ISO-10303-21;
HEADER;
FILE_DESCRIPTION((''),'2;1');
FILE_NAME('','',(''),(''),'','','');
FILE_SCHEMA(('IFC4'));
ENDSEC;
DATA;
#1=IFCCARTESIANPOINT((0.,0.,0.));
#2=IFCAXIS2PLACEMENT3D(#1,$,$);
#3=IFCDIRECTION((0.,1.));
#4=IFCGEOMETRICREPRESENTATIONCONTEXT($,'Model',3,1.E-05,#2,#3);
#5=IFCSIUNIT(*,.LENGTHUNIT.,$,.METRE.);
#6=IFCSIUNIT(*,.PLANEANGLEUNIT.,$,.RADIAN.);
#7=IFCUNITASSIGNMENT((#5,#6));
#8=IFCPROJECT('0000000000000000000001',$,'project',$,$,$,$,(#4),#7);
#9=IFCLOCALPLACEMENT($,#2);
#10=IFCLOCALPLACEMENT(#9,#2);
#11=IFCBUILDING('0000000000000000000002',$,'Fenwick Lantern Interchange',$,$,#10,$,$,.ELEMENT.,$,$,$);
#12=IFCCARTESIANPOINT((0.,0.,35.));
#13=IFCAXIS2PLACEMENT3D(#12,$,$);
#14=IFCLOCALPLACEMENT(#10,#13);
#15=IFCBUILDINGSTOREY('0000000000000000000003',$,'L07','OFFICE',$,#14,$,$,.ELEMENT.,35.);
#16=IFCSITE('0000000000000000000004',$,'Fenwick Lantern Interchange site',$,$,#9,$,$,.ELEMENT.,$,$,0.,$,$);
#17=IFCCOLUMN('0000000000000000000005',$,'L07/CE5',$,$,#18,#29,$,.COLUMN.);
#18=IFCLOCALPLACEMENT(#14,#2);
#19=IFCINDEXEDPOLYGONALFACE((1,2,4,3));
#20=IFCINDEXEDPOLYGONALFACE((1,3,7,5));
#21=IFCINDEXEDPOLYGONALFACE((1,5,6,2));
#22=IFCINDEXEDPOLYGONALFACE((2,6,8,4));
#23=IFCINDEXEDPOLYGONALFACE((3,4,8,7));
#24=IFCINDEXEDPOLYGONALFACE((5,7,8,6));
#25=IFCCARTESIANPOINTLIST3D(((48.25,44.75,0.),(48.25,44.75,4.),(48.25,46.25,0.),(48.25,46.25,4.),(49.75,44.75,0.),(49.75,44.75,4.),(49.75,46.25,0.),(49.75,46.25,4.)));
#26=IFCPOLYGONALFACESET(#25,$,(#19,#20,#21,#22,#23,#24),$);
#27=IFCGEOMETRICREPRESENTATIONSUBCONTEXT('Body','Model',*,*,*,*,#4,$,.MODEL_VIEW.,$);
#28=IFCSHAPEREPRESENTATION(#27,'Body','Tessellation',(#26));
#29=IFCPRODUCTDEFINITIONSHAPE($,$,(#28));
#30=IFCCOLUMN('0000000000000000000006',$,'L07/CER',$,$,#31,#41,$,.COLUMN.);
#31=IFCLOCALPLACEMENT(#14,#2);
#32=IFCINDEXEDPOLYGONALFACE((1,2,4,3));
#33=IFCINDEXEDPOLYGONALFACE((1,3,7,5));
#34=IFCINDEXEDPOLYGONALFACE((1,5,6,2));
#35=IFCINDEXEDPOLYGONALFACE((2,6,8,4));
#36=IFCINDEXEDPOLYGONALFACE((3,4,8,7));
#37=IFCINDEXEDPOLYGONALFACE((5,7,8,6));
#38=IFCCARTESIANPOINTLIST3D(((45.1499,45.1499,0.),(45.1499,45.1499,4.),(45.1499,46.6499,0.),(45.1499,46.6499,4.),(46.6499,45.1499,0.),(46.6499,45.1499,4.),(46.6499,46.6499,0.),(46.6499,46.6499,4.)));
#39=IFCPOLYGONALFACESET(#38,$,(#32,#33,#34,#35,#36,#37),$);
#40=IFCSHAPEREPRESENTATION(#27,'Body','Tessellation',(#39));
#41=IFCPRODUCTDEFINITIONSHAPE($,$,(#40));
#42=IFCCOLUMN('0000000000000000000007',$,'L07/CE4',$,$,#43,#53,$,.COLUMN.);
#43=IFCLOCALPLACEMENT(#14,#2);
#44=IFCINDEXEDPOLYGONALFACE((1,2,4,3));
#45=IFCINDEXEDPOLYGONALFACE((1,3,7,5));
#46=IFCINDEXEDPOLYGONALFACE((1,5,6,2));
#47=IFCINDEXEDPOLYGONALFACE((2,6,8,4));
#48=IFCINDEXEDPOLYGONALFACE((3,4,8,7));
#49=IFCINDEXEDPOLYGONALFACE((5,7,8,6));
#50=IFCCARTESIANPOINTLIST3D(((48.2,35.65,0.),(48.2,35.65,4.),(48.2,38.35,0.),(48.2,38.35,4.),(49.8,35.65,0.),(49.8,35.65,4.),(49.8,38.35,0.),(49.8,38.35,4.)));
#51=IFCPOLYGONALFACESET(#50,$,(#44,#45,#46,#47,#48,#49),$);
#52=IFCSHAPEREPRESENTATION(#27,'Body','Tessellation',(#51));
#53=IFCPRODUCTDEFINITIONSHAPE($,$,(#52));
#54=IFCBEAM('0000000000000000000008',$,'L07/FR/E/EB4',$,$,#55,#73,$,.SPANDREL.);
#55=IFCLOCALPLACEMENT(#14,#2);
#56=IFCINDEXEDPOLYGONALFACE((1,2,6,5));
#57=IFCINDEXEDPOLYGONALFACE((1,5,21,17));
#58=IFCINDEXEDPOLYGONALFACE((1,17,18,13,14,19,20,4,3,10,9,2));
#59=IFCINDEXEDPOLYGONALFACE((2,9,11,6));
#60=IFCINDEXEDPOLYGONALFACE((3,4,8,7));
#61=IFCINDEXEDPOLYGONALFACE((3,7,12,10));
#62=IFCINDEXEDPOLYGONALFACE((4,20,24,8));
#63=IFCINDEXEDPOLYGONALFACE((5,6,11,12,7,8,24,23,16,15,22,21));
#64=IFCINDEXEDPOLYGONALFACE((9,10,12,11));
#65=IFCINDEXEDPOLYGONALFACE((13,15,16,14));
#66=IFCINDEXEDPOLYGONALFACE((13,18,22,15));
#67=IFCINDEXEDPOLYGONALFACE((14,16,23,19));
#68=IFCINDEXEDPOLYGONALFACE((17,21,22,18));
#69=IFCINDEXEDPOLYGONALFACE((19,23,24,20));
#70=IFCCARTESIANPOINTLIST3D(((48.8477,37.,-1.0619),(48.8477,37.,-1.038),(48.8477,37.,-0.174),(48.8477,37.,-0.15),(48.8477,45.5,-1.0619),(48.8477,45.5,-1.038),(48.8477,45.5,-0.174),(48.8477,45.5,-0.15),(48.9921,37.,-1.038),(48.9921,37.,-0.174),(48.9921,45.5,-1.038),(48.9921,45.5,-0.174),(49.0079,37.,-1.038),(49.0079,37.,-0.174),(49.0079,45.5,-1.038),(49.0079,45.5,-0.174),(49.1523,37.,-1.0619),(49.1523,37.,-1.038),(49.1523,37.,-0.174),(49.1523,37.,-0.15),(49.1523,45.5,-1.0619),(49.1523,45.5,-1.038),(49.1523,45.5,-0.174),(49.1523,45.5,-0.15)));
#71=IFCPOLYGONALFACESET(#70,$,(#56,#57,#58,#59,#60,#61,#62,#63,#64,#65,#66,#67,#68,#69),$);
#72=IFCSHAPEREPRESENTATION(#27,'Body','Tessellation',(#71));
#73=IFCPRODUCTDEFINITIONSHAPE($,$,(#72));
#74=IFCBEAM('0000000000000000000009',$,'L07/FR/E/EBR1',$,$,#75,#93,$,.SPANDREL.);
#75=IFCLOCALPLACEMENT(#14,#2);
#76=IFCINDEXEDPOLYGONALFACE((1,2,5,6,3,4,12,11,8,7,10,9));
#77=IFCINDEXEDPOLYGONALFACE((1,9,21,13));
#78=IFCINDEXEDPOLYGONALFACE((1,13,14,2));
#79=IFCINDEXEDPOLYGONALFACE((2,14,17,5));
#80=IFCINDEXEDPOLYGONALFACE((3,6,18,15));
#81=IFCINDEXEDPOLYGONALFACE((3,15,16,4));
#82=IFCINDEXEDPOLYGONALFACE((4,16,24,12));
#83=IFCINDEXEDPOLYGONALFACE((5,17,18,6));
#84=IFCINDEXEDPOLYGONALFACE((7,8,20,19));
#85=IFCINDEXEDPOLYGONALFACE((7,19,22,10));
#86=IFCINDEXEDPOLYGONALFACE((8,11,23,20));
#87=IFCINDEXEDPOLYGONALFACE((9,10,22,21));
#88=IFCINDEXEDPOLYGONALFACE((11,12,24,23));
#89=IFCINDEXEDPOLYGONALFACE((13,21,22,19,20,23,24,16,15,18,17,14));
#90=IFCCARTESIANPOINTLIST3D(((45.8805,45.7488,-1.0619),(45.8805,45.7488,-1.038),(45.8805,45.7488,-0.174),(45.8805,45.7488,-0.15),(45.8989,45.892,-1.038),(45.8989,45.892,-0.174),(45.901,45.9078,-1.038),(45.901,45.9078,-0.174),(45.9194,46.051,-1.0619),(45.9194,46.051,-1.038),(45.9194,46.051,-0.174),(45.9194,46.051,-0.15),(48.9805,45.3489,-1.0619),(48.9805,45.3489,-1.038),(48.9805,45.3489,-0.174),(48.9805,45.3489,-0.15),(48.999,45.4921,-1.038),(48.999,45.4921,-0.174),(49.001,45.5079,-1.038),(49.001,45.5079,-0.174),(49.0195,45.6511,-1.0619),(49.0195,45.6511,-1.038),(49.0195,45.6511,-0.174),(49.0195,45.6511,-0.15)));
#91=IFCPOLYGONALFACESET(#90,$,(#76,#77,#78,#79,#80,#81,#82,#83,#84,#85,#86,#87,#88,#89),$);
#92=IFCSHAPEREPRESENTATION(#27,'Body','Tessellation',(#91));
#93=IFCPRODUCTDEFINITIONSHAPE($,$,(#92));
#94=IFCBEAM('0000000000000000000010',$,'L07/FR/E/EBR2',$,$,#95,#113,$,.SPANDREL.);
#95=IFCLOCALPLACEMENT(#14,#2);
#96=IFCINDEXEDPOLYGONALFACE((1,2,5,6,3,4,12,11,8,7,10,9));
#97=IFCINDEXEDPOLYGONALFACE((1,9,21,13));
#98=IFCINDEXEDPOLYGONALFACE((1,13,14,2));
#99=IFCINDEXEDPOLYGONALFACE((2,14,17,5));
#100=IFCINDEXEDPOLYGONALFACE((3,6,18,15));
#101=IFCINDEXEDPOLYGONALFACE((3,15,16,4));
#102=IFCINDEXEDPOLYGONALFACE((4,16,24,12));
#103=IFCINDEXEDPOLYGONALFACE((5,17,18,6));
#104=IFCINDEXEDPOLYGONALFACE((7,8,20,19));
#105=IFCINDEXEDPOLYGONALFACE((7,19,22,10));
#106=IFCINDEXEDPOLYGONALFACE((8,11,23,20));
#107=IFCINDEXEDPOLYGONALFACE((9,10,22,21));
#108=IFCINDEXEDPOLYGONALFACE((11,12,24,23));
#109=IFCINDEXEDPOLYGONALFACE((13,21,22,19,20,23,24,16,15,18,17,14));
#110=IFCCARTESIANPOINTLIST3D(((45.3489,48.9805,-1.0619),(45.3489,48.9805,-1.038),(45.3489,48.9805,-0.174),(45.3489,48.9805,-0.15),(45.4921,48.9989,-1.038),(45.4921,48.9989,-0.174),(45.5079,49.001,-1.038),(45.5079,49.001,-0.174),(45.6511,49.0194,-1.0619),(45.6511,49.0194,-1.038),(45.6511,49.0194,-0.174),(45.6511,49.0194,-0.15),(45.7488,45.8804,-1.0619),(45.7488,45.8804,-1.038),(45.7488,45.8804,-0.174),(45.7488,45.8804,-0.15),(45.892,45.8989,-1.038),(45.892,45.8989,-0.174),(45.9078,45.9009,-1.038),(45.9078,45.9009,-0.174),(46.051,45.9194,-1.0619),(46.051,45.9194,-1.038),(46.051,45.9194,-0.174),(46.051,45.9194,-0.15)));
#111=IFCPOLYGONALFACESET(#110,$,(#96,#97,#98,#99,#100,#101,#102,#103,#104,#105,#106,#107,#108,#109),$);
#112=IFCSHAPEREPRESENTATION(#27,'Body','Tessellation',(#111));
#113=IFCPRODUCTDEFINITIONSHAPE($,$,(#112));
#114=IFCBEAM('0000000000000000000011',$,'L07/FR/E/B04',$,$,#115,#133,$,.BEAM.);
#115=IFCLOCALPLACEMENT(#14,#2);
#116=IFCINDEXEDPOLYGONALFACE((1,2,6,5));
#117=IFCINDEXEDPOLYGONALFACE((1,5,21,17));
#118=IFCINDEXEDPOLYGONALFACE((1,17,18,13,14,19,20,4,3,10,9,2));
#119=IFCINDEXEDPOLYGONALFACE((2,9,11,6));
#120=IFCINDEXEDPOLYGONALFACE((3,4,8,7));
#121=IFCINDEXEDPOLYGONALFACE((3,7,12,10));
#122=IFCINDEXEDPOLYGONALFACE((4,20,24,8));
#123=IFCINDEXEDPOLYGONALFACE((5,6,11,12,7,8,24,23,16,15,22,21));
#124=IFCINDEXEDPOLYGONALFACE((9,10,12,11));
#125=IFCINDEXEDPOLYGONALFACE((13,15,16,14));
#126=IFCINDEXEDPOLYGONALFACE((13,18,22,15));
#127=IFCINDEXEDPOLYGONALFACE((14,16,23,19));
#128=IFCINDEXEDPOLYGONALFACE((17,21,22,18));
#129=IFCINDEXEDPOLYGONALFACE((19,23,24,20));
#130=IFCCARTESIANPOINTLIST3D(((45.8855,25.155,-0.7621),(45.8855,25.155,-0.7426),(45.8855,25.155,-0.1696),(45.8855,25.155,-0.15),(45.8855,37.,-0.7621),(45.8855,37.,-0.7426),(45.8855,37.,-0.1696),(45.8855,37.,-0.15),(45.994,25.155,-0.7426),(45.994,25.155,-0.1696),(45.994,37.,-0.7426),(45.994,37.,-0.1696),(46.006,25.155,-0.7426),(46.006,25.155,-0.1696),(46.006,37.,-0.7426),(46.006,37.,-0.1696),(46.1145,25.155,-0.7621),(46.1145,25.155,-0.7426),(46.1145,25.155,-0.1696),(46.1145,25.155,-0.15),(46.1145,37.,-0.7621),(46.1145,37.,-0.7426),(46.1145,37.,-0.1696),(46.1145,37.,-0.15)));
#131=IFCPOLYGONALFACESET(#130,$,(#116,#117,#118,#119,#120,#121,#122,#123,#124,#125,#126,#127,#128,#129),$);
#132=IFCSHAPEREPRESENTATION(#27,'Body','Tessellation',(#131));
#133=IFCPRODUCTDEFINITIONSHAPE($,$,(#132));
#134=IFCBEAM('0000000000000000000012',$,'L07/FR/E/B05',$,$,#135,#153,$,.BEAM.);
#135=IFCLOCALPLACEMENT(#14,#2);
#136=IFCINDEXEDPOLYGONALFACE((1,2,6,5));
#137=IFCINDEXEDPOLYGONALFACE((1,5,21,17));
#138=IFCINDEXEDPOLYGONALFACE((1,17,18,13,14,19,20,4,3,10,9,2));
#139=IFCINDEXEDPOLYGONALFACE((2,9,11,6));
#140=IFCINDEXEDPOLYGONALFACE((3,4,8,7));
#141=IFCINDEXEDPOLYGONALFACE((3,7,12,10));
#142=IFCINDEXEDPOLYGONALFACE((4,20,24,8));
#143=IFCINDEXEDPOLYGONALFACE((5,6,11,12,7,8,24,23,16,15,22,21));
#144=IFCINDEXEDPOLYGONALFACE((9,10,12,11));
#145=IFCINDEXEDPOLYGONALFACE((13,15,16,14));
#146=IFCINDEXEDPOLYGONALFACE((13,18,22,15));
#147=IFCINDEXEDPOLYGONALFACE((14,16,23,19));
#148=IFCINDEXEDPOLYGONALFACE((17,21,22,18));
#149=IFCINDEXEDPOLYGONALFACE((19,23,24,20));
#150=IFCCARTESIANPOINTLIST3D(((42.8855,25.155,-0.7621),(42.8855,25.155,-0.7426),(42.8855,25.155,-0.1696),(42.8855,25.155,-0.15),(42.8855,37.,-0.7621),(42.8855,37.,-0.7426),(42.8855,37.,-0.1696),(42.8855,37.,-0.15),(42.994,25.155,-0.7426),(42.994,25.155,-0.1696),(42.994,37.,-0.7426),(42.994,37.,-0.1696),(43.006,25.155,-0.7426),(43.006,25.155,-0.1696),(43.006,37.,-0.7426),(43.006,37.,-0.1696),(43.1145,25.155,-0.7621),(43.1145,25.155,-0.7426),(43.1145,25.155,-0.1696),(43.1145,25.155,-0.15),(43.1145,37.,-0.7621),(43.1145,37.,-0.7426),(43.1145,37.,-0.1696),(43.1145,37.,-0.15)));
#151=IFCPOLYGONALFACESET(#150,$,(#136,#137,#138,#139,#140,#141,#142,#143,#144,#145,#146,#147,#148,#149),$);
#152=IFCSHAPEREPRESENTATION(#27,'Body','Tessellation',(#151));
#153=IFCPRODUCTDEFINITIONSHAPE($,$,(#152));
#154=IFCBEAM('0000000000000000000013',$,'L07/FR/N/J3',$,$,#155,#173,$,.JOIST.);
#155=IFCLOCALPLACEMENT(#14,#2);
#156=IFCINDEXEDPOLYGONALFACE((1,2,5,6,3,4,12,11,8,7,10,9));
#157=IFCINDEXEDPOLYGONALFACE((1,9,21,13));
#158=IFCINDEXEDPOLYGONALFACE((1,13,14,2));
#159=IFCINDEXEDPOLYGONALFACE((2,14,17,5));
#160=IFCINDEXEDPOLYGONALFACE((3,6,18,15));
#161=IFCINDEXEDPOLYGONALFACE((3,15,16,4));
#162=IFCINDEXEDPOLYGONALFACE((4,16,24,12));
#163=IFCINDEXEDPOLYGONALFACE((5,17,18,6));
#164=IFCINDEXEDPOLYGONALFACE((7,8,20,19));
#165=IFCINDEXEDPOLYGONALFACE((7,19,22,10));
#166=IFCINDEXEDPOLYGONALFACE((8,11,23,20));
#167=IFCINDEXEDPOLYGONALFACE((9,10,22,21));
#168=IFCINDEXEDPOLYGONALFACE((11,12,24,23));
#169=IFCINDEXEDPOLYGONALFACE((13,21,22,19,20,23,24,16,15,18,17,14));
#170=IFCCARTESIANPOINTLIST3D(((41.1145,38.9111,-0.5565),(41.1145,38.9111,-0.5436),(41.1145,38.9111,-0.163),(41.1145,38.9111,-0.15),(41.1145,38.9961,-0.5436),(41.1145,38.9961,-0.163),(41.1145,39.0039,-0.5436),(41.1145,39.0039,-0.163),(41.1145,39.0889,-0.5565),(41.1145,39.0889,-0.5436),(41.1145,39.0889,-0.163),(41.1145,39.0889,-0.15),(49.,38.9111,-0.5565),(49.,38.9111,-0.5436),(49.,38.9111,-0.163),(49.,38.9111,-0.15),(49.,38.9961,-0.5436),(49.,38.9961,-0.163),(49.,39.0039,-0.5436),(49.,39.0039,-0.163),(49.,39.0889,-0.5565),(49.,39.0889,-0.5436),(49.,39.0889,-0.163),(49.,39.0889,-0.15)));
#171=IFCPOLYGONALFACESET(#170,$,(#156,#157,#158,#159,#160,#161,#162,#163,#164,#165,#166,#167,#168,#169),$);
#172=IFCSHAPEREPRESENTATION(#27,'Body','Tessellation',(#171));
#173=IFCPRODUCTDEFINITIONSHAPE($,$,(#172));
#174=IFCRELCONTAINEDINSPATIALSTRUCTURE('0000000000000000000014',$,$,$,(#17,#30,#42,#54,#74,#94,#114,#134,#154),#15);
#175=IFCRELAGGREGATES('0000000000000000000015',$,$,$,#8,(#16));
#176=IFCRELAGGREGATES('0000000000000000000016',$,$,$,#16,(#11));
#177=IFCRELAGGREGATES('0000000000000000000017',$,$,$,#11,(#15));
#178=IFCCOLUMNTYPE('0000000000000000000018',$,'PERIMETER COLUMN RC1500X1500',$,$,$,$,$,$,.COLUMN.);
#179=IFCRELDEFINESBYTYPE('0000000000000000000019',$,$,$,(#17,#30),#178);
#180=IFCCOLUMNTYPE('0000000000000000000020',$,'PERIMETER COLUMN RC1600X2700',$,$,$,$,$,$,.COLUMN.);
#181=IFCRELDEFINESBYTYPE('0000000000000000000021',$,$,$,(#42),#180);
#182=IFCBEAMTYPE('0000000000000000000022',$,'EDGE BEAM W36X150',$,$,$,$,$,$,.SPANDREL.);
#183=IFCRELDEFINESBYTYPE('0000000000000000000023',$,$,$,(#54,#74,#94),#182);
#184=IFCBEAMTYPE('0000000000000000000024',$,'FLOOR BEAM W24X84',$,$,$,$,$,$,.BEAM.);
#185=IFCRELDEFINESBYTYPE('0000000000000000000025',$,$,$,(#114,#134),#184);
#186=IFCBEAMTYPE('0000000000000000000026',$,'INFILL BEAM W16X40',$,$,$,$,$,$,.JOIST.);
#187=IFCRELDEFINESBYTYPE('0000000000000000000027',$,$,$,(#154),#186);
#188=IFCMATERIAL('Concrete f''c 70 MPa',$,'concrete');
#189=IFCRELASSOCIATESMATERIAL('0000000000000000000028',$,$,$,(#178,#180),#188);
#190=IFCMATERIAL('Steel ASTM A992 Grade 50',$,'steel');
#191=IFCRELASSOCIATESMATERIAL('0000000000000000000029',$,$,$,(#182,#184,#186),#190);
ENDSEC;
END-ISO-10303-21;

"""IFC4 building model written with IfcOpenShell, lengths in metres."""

from ifc_helpers import new_model, si_unit, direction, frame, origin, origin_2d, place, context, subcontext, project, spatial, rectangle, i_section, extrude, material, material_profile, profile_set, type_object, element, save


model = new_model("IFC4")

# Units and contexts
model_context = context("Model", 3, precision=1e-05, world=origin(), true_north=direction((0.0, 1.0)))
body_context = subcontext(model_context, "Body", "Model", "MODEL_VIEW")
ifc_project = project(units=[si_unit("LENGTHUNIT", "METRE"), si_unit("PLANEANGLEUNIT", "RADIAN")], contexts=[model_context])

# Site, building, storey
site_placement = place(None, origin())
site = spatial("IfcSite", under=ifc_project, at=site_placement, Name="Fenwick Lantern Interchange site", CompositionType="ELEMENT", RefElevation=0.0)
building_placement = place(site_placement, origin())
building = spatial("IfcBuilding", under=site, at=building_placement, Name="Fenwick Lantern Interchange", CompositionType="ELEMENT")
storey_placement = place(building_placement, frame((0.0, 0.0, 35.0)))
storey = spatial("IfcBuildingStorey", under=building, at=storey_placement, Name="L07", Description="OFFICE", CompositionType="ELEMENT", Elevation=35.0)

# Columns
ifc_material_1 = material(Name="Concrete f'c 70 MPa", Category="concrete")
ifc_material_profile_1 = material_profile(ifc_material_1, rectangle(XDim=1.5, YDim=1.5, at=origin_2d()), Name="RC1500X1500")
ifc_profile_set_1 = profile_set([ifc_material_profile_1], Name="Concrete f'c 70 MPa")
column_type_1 = type_object("IfcColumnType", Name="PERIMETER COLUMN RC1500X1500", PredefinedType="COLUMN", material=ifc_profile_set_1)
for number, where, z_axis, x_axis, name in (
    (1, (49.0, 45.5, 0.0), (0.0, 0.0, 1.0), (1.0, 0.0, 0.0), "L07/CE5"),
    (2, (45.8999, 45.8999, 0.0), (0.0, 0.0, 1.0), (1.0, 0.0, 0.0), "L07/CER"),
):
    element("IfcColumn", number, at=place(storey_placement, frame(where, z_axis=z_axis, x_axis=x_axis)), inside=storey, type_object=column_type_1, Name=name, PredefinedType="COLUMN", context=body_context, shape_type="SweptSolid", body=[
        extrude(rectangle(XDim=1.5, YDim=1.5, at=origin_2d()), origin(), (0.0, 0.0, 1.0), 4.0),
    ])
ifc_material_profile_2 = material_profile(ifc_material_1, rectangle(XDim=1.6001, YDim=2.7, at=origin_2d()), Name="RC1600X2700")
ifc_profile_set_2 = profile_set([ifc_material_profile_2], Name="Concrete f'c 70 MPa")
column_type_2 = type_object("IfcColumnType", Name="PERIMETER COLUMN RC1600X2700", PredefinedType="COLUMN", material=ifc_profile_set_2)
column_placement = place(storey_placement, frame((49.0, 37.0, 0.0), z_axis=(0.0, 0.0, 1.0), x_axis=(1.0, 0.0, 0.0)))
element("IfcColumn", 3, at=column_placement, inside=storey, type_object=column_type_2, Name="L07/CE4", PredefinedType="COLUMN", context=body_context, shape_type="SweptSolid", body=[
    extrude(rectangle(XDim=1.6001, YDim=2.7, at=origin_2d()), origin(), (0.0, 0.0, 1.0), 4.0),
])

# Beams
ifc_material_2 = material(Name="Steel ASTM A992 Grade 50", Category="steel")
ifc_material_profile_3 = material_profile(ifc_material_2, i_section(OverallWidth=0.3047, OverallDepth=0.9119, WebThickness=0.0159, FlangeThickness=0.0239, at=origin_2d()), Name="W36X150")
ifc_profile_set_3 = profile_set([ifc_material_profile_3], Name="Steel ASTM A992 Grade 50")
beam_type_1 = type_object("IfcBeamType", Name="EDGE BEAM W36X150", PredefinedType="SPANDREL", material=ifc_profile_set_3)
beam_1_placement = place(storey_placement, frame((49.0, 37.0, -0.606), z_axis=(0.0, 1.0, 0.0), x_axis=(-1.0, 0.0, 0.0)))
element("IfcBeam", 4, at=beam_1_placement, inside=storey, type_object=beam_type_1, Name="L07/FR/E/EB4", PredefinedType="SPANDREL", context=body_context, shape_type="SweptSolid", body=[
    extrude(i_section(OverallWidth=0.3047, OverallDepth=0.9119, WebThickness=0.0159, FlangeThickness=0.0239, at=origin_2d()), origin(), (0.0, 0.0, 1.0), 8.5),
])
for number, where, z_axis, x_axis, name in (
    (5, (49.0, 45.5, -0.606), (-0.991782, 0.127937, 0.0), (-0.127937, -0.991782, 0.0), "L07/FR/E/EBR1"),
    (6, (45.8999, 45.8999, -0.606), (-0.127937, 0.991782, 0.0), (-0.991782, -0.127937, 0.0), "L07/FR/E/EBR2"),
):
    element("IfcBeam", number, at=place(storey_placement, frame(where, z_axis=z_axis, x_axis=x_axis)), inside=storey, type_object=beam_type_1, Name=name, PredefinedType="SPANDREL", context=body_context, shape_type="SweptSolid", body=[
        extrude(i_section(OverallWidth=0.3047, OverallDepth=0.9119, WebThickness=0.0159, FlangeThickness=0.0239, at=origin_2d()), origin(), (0.0, 0.0, 1.0), 3.1257),
    ])
ifc_material_profile_4 = material_profile(ifc_material_2, i_section(OverallWidth=0.229, OverallDepth=0.6121, WebThickness=0.012, FlangeThickness=0.0195, at=origin_2d()), Name="W24X84")
ifc_profile_set_4 = profile_set([ifc_material_profile_4], Name="Steel ASTM A992 Grade 50")
beam_type_2 = type_object("IfcBeamType", Name="FLOOR BEAM W24X84", PredefinedType="BEAM", material=ifc_profile_set_4)
for number, where, z_axis, x_axis, name in (
    (7, (46.0, 25.155, -0.4561), (0.0, 1.0, 0.0), (-1.0, 0.0, 0.0), "L07/FR/E/B04"),
    (8, (43.0, 25.155, -0.4561), (0.0, 1.0, 0.0), (-1.0, 0.0, 0.0), "L07/FR/E/B05"),
):
    element("IfcBeam", number, at=place(storey_placement, frame(where, z_axis=z_axis, x_axis=x_axis)), inside=storey, type_object=beam_type_2, Name=name, PredefinedType="BEAM", context=body_context, shape_type="SweptSolid", body=[
        extrude(i_section(OverallWidth=0.229, OverallDepth=0.6121, WebThickness=0.012, FlangeThickness=0.0195, at=origin_2d()), origin(), (0.0, 0.0, 1.0), 11.845),
    ])
ifc_material_profile_5 = material_profile(ifc_material_2, i_section(OverallWidth=0.1777, OverallDepth=0.4065, WebThickness=0.0078, FlangeThickness=0.0129, at=origin_2d()), Name="W16X40")
ifc_profile_set_5 = profile_set([ifc_material_profile_5], Name="Steel ASTM A992 Grade 50")
beam_type_3 = type_object("IfcBeamType", Name="INFILL BEAM W16X40", PredefinedType="JOIST", material=ifc_profile_set_5)
beam_2_placement = place(storey_placement, frame((49.0, 39.0, -0.3533), z_axis=(-1.0, 0.0, 0.0), x_axis=(0.0, -1.0, 0.0)))
element("IfcBeam", 9, at=beam_2_placement, inside=storey, type_object=beam_type_3, Name="L07/FR/N/J3", PredefinedType="JOIST", context=body_context, shape_type="SweptSolid", body=[
    extrude(i_section(OverallWidth=0.1777, OverallDepth=0.4065, WebThickness=0.0078, FlangeThickness=0.0129, at=origin_2d()), origin(), (0.0, 0.0, 1.0), 7.8855),
])

save(model, "model.ifc")
